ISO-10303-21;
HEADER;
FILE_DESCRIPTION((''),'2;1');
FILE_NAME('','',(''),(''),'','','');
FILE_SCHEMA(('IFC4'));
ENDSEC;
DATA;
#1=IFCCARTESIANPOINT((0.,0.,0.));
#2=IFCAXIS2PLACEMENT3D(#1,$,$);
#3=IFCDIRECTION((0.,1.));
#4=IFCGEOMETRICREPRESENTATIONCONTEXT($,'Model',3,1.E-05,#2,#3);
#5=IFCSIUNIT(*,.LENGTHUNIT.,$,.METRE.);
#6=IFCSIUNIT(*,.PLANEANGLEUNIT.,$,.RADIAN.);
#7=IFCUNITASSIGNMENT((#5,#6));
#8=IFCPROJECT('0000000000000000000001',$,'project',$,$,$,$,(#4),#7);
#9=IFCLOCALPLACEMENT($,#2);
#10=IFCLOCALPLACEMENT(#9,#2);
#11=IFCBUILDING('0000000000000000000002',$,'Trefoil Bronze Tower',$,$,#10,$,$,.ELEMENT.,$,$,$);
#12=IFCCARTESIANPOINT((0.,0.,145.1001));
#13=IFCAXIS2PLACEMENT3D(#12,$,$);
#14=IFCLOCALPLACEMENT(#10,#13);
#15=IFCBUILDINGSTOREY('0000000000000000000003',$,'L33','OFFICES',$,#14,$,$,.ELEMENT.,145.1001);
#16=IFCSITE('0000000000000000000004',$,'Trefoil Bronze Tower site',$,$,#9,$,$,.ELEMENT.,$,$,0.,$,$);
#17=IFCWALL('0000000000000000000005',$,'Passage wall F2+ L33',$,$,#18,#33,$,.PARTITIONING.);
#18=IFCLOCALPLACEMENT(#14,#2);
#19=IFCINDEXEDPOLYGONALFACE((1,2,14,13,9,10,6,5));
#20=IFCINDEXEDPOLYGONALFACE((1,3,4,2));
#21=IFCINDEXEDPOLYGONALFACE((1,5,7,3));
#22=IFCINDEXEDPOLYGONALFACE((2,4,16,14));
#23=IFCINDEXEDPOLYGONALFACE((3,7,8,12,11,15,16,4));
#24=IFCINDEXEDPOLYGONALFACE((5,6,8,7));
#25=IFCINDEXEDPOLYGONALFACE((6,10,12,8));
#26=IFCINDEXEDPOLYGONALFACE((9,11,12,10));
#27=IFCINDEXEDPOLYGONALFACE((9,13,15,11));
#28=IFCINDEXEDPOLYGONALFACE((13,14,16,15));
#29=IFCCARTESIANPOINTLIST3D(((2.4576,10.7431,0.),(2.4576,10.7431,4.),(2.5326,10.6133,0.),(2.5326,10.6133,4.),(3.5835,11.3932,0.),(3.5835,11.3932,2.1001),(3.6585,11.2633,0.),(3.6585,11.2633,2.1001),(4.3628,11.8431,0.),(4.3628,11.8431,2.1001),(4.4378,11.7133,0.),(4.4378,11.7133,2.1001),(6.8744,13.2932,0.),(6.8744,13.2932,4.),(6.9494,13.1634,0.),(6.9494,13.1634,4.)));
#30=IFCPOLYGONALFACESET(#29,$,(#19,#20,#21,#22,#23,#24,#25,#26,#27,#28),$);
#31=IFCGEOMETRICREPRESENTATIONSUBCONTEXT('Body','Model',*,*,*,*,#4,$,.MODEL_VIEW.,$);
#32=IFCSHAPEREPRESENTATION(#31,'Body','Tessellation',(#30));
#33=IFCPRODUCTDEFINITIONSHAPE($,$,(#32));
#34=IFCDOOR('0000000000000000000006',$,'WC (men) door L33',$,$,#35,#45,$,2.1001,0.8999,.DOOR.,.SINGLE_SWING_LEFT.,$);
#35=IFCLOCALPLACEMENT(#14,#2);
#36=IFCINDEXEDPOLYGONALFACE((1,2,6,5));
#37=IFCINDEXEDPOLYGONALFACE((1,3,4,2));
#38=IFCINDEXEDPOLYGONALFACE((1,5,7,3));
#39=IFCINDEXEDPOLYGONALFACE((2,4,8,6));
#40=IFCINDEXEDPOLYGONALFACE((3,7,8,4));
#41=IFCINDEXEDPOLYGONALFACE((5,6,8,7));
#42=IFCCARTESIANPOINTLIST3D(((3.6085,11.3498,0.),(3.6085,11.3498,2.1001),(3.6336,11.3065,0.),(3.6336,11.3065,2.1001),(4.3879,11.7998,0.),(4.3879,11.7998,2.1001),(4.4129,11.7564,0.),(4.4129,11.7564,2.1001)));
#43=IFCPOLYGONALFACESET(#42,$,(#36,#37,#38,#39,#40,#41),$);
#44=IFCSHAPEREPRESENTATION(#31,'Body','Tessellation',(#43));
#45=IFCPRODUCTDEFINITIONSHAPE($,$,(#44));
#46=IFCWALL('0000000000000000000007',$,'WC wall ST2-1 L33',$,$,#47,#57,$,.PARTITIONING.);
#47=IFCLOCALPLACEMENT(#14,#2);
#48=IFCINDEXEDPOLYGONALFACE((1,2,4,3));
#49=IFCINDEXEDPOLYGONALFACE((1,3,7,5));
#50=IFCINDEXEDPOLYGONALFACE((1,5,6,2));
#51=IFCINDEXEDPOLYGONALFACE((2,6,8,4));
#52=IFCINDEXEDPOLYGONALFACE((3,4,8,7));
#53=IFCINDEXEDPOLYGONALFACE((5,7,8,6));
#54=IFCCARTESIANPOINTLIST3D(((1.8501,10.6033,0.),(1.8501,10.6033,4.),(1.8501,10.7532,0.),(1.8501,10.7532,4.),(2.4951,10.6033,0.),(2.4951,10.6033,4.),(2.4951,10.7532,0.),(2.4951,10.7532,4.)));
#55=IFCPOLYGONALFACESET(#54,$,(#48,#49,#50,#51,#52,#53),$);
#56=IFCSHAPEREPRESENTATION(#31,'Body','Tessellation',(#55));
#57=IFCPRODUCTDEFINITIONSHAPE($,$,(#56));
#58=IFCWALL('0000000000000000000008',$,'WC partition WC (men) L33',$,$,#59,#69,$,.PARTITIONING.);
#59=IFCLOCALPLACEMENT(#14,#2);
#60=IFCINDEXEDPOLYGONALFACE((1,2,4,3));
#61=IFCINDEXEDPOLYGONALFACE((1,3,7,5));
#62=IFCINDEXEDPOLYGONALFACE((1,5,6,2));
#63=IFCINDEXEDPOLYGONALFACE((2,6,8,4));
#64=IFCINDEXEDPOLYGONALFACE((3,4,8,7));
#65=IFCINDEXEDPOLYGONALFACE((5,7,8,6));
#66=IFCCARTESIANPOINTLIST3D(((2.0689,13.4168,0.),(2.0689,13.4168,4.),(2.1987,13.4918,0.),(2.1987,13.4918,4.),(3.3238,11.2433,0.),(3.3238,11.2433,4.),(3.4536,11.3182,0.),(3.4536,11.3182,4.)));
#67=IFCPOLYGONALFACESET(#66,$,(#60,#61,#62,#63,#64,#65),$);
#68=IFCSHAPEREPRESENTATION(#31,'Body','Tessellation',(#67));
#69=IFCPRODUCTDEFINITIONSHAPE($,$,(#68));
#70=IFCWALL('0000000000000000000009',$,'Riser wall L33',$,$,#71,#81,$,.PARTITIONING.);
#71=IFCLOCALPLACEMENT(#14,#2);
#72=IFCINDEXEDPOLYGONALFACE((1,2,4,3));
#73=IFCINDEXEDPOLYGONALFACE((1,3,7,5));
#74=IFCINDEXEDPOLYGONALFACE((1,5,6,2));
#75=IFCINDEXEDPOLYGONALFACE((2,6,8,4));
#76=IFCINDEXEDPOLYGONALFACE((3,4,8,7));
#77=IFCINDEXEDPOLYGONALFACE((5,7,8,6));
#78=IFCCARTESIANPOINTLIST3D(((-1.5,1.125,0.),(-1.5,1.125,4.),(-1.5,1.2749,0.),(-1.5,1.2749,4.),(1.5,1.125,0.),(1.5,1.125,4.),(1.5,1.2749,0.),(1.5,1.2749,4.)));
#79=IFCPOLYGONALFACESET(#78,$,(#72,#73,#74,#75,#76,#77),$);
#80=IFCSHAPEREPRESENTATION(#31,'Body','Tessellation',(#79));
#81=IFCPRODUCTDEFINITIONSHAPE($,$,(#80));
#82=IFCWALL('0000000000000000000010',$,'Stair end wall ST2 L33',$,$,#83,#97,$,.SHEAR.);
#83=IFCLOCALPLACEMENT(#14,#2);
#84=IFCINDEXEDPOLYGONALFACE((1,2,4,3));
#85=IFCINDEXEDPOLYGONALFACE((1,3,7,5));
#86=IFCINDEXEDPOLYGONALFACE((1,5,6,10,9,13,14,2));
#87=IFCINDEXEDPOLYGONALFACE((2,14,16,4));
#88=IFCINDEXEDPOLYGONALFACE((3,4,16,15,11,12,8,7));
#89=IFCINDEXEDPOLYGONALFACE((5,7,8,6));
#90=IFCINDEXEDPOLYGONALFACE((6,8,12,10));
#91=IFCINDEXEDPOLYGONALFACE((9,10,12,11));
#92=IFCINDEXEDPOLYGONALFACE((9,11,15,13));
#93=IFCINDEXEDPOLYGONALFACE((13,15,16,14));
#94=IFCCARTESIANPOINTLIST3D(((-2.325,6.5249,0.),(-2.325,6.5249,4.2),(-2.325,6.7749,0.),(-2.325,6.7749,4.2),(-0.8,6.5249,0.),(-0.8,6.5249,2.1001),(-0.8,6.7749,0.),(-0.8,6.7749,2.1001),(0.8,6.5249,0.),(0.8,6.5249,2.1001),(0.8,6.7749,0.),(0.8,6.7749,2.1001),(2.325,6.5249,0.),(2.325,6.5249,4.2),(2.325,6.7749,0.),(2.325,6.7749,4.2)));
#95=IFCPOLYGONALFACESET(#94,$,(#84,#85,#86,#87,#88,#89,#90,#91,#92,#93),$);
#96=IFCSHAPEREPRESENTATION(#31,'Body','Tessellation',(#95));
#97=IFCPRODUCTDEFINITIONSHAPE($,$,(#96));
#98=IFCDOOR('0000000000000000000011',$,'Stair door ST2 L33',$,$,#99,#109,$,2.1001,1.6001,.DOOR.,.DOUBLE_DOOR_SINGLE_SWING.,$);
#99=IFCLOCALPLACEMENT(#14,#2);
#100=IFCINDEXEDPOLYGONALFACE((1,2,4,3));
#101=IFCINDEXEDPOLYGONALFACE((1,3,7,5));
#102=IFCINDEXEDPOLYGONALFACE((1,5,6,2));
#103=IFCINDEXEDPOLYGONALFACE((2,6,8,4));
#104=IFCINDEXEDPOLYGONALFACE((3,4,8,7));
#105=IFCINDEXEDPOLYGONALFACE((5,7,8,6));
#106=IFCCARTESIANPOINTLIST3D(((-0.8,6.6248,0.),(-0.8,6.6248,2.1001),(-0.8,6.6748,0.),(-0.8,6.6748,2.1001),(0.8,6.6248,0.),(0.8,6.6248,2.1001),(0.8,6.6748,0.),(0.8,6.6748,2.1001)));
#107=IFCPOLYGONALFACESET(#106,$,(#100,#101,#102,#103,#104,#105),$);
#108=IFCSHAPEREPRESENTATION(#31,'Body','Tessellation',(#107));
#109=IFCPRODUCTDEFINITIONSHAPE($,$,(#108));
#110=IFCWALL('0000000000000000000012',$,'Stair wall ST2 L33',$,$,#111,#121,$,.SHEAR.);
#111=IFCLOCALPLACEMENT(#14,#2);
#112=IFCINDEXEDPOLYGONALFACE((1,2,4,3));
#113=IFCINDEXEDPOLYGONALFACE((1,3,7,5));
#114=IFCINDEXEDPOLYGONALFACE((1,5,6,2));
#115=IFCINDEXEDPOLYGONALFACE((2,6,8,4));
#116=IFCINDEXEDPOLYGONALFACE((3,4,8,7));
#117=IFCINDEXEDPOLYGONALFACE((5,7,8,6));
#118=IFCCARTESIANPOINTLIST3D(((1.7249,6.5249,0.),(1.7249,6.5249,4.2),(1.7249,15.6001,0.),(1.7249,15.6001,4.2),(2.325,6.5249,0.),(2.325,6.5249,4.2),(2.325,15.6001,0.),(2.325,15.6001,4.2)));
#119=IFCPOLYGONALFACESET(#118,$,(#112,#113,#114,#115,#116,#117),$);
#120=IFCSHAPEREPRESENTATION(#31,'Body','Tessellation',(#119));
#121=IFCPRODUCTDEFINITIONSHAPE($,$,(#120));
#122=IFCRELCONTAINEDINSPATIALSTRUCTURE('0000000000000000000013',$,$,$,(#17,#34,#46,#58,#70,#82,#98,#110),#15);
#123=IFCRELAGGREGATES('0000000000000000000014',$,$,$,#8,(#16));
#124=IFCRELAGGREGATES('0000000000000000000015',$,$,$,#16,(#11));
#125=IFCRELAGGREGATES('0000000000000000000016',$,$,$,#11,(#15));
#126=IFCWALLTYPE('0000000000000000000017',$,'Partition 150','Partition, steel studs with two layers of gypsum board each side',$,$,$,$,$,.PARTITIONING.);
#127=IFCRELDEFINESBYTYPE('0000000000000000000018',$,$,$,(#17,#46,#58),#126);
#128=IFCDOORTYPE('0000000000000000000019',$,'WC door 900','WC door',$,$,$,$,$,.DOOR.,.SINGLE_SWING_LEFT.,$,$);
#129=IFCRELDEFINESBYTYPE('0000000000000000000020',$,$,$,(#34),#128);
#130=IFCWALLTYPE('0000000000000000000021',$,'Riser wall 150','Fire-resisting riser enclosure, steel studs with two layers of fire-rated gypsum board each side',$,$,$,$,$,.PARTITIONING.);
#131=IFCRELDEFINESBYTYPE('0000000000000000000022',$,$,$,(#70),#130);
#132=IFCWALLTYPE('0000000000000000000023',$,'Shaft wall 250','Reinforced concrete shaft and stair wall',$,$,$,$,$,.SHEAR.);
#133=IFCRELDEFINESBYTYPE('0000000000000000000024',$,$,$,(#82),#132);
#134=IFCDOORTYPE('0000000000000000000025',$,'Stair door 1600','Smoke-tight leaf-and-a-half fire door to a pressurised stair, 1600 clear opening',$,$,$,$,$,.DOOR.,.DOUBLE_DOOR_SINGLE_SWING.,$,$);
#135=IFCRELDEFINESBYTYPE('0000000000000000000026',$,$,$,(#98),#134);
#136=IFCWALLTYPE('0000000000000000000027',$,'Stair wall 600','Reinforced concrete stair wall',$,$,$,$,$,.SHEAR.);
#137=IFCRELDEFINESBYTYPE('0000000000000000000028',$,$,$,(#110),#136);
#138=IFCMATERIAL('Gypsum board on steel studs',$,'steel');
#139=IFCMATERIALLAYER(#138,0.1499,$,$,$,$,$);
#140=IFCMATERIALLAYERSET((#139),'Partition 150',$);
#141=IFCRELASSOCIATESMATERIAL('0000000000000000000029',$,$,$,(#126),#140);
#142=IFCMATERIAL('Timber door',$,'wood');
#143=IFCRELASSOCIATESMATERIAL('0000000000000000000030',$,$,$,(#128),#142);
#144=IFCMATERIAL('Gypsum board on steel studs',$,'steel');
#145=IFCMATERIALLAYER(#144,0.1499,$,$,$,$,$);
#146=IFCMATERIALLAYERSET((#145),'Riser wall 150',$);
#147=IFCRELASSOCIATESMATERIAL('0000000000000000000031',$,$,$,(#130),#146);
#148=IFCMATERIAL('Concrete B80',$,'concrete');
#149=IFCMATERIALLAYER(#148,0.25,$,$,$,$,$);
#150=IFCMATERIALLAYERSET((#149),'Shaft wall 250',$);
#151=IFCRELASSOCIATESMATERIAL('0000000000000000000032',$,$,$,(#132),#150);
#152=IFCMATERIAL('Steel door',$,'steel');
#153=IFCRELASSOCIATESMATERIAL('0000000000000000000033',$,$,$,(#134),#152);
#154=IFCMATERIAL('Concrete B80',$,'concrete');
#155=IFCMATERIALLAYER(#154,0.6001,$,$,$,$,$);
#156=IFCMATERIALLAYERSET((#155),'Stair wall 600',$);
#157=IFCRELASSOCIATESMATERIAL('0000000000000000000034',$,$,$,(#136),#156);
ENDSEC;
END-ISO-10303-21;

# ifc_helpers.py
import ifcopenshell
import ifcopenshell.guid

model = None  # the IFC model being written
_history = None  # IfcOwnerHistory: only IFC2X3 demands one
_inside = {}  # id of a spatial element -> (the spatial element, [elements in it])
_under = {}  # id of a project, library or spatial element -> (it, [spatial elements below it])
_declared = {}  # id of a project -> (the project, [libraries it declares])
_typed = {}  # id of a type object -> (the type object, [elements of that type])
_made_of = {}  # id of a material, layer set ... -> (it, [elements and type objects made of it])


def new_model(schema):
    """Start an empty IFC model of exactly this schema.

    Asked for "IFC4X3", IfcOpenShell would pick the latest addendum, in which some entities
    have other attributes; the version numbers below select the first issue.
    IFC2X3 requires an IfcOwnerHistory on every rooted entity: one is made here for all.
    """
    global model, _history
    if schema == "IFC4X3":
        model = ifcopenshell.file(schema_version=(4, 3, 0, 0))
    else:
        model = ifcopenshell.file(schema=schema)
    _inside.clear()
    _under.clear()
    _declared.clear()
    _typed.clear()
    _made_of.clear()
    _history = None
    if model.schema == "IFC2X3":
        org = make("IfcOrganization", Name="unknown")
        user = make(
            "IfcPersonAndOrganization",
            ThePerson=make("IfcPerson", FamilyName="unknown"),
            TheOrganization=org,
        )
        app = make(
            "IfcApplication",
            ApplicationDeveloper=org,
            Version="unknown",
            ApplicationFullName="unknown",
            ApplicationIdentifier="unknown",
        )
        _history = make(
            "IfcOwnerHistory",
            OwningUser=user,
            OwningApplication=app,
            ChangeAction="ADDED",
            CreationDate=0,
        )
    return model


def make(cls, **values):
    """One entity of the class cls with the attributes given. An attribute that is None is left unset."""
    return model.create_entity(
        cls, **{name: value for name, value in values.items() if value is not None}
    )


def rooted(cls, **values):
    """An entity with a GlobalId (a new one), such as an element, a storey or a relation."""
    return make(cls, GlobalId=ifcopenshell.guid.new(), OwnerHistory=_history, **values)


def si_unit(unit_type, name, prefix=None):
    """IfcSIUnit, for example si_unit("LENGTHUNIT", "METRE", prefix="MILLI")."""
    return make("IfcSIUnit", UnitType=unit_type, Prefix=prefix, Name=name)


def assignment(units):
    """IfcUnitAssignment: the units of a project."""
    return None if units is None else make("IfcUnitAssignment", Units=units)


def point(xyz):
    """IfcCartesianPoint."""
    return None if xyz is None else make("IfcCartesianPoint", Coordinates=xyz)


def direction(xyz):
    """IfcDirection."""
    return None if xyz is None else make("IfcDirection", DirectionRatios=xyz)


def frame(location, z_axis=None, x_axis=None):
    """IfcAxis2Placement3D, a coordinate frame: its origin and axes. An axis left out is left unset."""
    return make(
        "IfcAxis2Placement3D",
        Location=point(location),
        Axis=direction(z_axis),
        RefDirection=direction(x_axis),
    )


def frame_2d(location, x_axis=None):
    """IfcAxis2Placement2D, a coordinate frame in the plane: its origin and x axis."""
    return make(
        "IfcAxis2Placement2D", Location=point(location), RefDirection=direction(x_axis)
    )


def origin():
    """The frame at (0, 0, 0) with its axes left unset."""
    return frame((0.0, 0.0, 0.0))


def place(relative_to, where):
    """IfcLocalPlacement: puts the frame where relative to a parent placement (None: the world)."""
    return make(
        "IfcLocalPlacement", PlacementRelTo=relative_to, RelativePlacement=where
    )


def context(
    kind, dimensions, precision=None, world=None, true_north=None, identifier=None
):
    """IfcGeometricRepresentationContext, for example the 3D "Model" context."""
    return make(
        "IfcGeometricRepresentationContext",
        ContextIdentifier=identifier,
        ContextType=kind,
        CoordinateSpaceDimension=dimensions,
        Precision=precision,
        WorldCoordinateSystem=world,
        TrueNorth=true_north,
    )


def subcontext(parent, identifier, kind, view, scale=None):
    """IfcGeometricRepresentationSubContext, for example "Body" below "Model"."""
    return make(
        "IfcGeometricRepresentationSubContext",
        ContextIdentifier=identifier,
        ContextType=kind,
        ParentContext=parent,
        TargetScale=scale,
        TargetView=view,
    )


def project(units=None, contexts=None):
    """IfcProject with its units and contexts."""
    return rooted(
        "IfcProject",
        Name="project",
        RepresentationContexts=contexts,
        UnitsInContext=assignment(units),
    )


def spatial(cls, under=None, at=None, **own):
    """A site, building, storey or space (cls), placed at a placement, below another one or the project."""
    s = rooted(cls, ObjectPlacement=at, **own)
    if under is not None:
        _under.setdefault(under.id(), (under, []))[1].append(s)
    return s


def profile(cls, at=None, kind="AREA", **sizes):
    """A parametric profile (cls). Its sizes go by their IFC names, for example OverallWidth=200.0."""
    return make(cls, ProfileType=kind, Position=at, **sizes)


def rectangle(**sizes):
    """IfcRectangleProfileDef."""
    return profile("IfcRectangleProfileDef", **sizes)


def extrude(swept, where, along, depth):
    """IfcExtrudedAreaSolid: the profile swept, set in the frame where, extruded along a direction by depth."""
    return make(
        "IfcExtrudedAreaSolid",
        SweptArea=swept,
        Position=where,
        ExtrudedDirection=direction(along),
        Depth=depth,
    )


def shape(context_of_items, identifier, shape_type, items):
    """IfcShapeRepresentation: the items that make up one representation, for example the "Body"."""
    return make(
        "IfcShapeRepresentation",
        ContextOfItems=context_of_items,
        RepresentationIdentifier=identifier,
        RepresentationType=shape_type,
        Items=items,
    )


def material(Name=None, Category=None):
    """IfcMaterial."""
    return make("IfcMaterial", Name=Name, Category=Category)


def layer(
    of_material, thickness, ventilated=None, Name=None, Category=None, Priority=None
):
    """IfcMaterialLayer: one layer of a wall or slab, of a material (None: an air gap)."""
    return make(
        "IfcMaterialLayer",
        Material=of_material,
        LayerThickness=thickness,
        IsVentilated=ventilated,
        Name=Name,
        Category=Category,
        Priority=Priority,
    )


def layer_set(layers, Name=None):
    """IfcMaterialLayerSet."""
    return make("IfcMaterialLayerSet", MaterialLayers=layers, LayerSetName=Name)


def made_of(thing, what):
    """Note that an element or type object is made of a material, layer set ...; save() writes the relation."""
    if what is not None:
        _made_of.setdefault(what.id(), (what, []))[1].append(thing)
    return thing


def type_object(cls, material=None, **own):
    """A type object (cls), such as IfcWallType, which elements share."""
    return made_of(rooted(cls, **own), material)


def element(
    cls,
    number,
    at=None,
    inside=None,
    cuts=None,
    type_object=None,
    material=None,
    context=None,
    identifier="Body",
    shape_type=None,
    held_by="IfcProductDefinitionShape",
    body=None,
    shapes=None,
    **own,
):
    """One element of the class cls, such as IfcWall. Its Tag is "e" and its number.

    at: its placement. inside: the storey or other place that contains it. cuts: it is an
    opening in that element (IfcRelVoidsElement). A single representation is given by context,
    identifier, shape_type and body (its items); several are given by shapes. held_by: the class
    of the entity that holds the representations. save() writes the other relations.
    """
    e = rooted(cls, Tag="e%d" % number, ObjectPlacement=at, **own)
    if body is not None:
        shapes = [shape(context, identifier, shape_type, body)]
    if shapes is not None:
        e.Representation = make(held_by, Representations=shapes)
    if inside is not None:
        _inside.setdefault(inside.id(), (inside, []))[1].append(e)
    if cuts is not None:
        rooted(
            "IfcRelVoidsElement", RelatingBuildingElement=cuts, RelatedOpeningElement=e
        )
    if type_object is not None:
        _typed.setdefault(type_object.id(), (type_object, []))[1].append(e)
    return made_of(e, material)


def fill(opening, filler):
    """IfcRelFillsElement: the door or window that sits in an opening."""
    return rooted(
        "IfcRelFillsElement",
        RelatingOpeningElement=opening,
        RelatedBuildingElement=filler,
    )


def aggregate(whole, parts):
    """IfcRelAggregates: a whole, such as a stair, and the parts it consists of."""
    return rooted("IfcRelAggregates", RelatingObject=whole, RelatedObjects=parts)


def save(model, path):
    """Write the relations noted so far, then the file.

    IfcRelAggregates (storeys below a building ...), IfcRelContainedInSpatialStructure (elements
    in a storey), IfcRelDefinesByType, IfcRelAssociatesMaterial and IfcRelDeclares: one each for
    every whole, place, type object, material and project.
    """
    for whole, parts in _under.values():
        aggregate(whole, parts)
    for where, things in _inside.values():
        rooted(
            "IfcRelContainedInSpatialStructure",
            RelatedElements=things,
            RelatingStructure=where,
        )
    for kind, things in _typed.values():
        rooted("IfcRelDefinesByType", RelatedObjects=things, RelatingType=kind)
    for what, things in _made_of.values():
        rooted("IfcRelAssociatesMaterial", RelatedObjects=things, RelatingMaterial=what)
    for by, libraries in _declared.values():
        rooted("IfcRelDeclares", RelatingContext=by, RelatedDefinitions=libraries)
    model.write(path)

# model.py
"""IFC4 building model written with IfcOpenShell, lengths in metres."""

from ifc_helpers import new_model, si_unit, direction, frame, frame_2d, origin, place, context, subcontext, project, spatial, rectangle, extrude, material, layer, layer_set, type_object, element, fill, save


model = new_model("IFC4")

# Units and contexts
model_context = context("Model", 3, precision=1e-05, world=origin(), true_north=direction((0.0, 1.0)))
body_context = subcontext(model_context, "Body", "Model", "MODEL_VIEW")
ifc_project = project(units=[si_unit("LENGTHUNIT", "METRE"), si_unit("PLANEANGLEUNIT", "RADIAN")], contexts=[model_context])

# Site, building, storey
site_placement = place(None, origin())
site = spatial("IfcSite", under=ifc_project, at=site_placement, Name="Trefoil Bronze Tower site", CompositionType="ELEMENT", RefElevation=0.0)
building_placement = place(site_placement, origin())
building = spatial("IfcBuilding", under=site, at=building_placement, Name="Trefoil Bronze Tower", CompositionType="ELEMENT")
storey_placement = place(building_placement, frame((0.0, 0.0, 145.1001)))
storey = spatial("IfcBuildingStorey", under=building, at=storey_placement, Name="L33", Description="OFFICES", CompositionType="ELEMENT", Elevation=145.1001)

# Wall, opening, door
ifc_material_1 = material(Name="Gypsum board on steel studs", Category="steel")
ifc_layer_1 = layer(ifc_material_1, 0.1499)
ifc_layer_set_1 = layer_set([ifc_layer_1], Name="Partition 150")
wall_type_1 = type_object("IfcWallType", Name="Partition 150", Description="Partition, steel studs with two layers of gypsum board each side", PredefinedType="PARTITIONING", material=ifc_layer_set_1)
wall_1_placement = place(storey_placement, frame((2.4951, 10.6782, 0.0), z_axis=(0.0, 0.0, 1.0), x_axis=(0.866022, 0.500006, 0.0)))
wall_1 = element("IfcWall", 1, at=wall_1_placement, inside=storey, type_object=wall_type_1, Name="Passage wall F2+ L33", PredefinedType="PARTITIONING", context=body_context, shape_type="SweptSolid", body=[
    extrude(rectangle(XDim=5.1001, YDim=0.1499, at=frame_2d((2.55, 0.0))), origin(), (0.0, 0.0, 1.0), 4.0),
])
opening_1_placement = place(wall_1_placement, frame((1.3, 0.0, 0.0)))
opening_1 = element("IfcOpeningElement", 2, at=opening_1_placement, cuts=wall_1, PredefinedType="OPENING", context=body_context, shape_type="SweptSolid", body=[
    extrude(rectangle(XDim=0.8999, YDim=2.1001, at=frame_2d((0.45, 1.05))), frame((0.0, 0.085, 0.0), z_axis=(0.0, -1.0, 0.0), x_axis=(1.0, 0.0, 0.0)), (0.0, 0.0, 1.0), 0.1699),
])
ifc_material_2 = material(Name="Timber door", Category="wood")
door_type_1 = type_object("IfcDoorType", Name="WC door 900", Description="WC door", OperationType="SINGLE_SWING_LEFT", PredefinedType="DOOR", material=ifc_material_2)
door_1_placement = place(opening_1_placement, origin())
door_1 = element("IfcDoor", 3, at=door_1_placement, inside=storey, type_object=door_type_1, Name="WC (men) door L33", OperationType="SINGLE_SWING_LEFT", OverallHeight=2.1001, OverallWidth=0.8999, PredefinedType="DOOR", context=body_context, shape_type="SweptSolid", body=[
    extrude(rectangle(XDim=0.8999, YDim=2.1001, at=frame_2d((0.45, 1.05))), frame((0.0, 0.0249, 0.0), z_axis=(0.0, -1.0, 0.0), x_axis=(1.0, 0.0, 0.0)), (0.0, 0.0, 1.0), 0.05),
])
fill(opening_1, door_1)

# Walls
wall_2_placement = place(storey_placement, frame((2.4951, 10.6782, 0.0), z_axis=(0.0, 0.0, 1.0), x_axis=(-1.0, 0.0, 0.0)))
element("IfcWall", 4, at=wall_2_placement, inside=storey, type_object=wall_type_1, Name="WC wall ST2-1 L33", PredefinedType="PARTITIONING", context=body_context, shape_type="SweptSolid", body=[
    extrude(rectangle(XDim=0.645, YDim=0.1499, at=frame_2d((0.3225, 0.0))), origin(), (0.0, 0.0, 1.0), 4.0),
])
wall_3_placement = place(storey_placement, frame((3.3887, 11.2808, 0.0), z_axis=(0.0, 0.0, 1.0), x_axis=(-0.499989, 0.866032, 0.0)))
element("IfcWall", 5, at=wall_3_placement, inside=storey, type_object=wall_type_1, Name="WC partition WC (men) L33", PredefinedType="PARTITIONING", context=body_context, shape_type="SweptSolid", body=[
    extrude(rectangle(XDim=2.5098, YDim=0.1499, at=frame_2d((1.2549, 0.0))), origin(), (0.0, 0.0, 1.0), 4.0),
])
ifc_material_3 = material(Name="Gypsum board on steel studs", Category="steel")
ifc_layer_2 = layer(ifc_material_3, 0.1499)
ifc_layer_set_2 = layer_set([ifc_layer_2], Name="Riser wall 150")
wall_type_2 = type_object("IfcWallType", Name="Riser wall 150", Description="Fire-resisting riser enclosure, steel studs with two layers of fire-rated gypsum board each side", PredefinedType="PARTITIONING", material=ifc_layer_set_2)
wall_4_placement = place(storey_placement, frame((1.5, 1.2, 0.0), z_axis=(0.0, 0.0, 1.0), x_axis=(-1.0, 0.0, 0.0)))
element("IfcWall", 6, at=wall_4_placement, inside=storey, type_object=wall_type_2, Name="Riser wall L33", PredefinedType="PARTITIONING", context=body_context, shape_type="SweptSolid", body=[
    extrude(rectangle(XDim=3.0, YDim=0.1499, at=frame_2d((1.5, 0.0))), origin(), (0.0, 0.0, 1.0), 4.0),
])

# Wall, opening, door
ifc_material_4 = material(Name="Concrete B80", Category="concrete")
ifc_layer_3 = layer(ifc_material_4, 0.25)
ifc_layer_set_3 = layer_set([ifc_layer_3], Name="Shaft wall 250")
wall_type_3 = type_object("IfcWallType", Name="Shaft wall 250", Description="Reinforced concrete shaft and stair wall", PredefinedType="SHEAR", material=ifc_layer_set_3)
wall_5_placement = place(storey_placement, frame((2.325, 6.6499, 0.0), z_axis=(0.0, 0.0, 1.0), x_axis=(-1.0, 0.0, 0.0)))
wall_5 = element("IfcWall", 7, at=wall_5_placement, inside=storey, type_object=wall_type_3, Name="Stair end wall ST2 L33", PredefinedType="SHEAR", context=body_context, shape_type="SweptSolid", body=[
    extrude(rectangle(XDim=4.6499, YDim=0.25, at=frame_2d((2.325, 0.0))), origin(), (0.0, 0.0, 1.0), 4.2),
])
opening_2_placement = place(wall_5_placement, frame((1.5249, 0.0, 0.0)))
opening_2 = element("IfcOpeningElement", 8, at=opening_2_placement, cuts=wall_5, PredefinedType="OPENING", context=body_context, shape_type="SweptSolid", body=[
    extrude(rectangle(XDim=1.6001, YDim=2.1001, at=frame_2d((0.8, 1.05))), frame((0.0, 0.135, 0.0), z_axis=(0.0, -1.0, 0.0), x_axis=(1.0, 0.0, 0.0)), (0.0, 0.0, 1.0), 0.27),
])
ifc_material_5 = material(Name="Steel door", Category="steel")
door_type_2 = type_object("IfcDoorType", Name="Stair door 1600", Description="Smoke-tight leaf-and-a-half fire door to a pressurised stair, 1600 clear opening", OperationType="DOUBLE_DOOR_SINGLE_SWING", PredefinedType="DOOR", material=ifc_material_5)
door_2_placement = place(opening_2_placement, frame((1.6001, 0.0, 0.0), z_axis=(0.0, 0.0, 1.0), x_axis=(-1.0, 0.0, 0.0)))
door_2 = element("IfcDoor", 9, at=door_2_placement, inside=storey, type_object=door_type_2, Name="Stair door ST2 L33", OperationType="DOUBLE_DOOR_SINGLE_SWING", OverallHeight=2.1001, OverallWidth=1.6001, PredefinedType="DOOR", context=body_context, shape_type="SweptSolid", body=[
    extrude(rectangle(XDim=1.6001, YDim=2.1001, at=frame_2d((0.8, 1.05))), frame((0.0, 0.0249, 0.0), z_axis=(0.0, -1.0, 0.0), x_axis=(1.0, 0.0, 0.0)), (0.0, 0.0, 1.0), 0.05),
])
fill(opening_2, door_2)

# Wall
ifc_material_6 = material(Name="Concrete B80", Category="concrete")
ifc_layer_4 = layer(ifc_material_6, 0.6001)
ifc_layer_set_4 = layer_set([ifc_layer_4], Name="Stair wall 600")
wall_type_4 = type_object("IfcWallType", Name="Stair wall 600", Description="Reinforced concrete stair wall", PredefinedType="SHEAR", material=ifc_layer_set_4)
wall_6_placement = place(storey_placement, frame((2.0249, 6.5249, 0.0), z_axis=(0.0, 0.0, 1.0), x_axis=(0.0, 1.0, 0.0)))
element("IfcWall", 10, at=wall_6_placement, inside=storey, type_object=wall_type_4, Name="Stair wall ST2 L33", PredefinedType="SHEAR", context=body_context, shape_type="SweptSolid", body=[
    extrude(rectangle(XDim=9.0752, YDim=0.6001, at=frame_2d((4.5376, 0.0))), origin(), (0.0, 0.0, 1.0), 4.2),
])

save(model, "model.ifc")
